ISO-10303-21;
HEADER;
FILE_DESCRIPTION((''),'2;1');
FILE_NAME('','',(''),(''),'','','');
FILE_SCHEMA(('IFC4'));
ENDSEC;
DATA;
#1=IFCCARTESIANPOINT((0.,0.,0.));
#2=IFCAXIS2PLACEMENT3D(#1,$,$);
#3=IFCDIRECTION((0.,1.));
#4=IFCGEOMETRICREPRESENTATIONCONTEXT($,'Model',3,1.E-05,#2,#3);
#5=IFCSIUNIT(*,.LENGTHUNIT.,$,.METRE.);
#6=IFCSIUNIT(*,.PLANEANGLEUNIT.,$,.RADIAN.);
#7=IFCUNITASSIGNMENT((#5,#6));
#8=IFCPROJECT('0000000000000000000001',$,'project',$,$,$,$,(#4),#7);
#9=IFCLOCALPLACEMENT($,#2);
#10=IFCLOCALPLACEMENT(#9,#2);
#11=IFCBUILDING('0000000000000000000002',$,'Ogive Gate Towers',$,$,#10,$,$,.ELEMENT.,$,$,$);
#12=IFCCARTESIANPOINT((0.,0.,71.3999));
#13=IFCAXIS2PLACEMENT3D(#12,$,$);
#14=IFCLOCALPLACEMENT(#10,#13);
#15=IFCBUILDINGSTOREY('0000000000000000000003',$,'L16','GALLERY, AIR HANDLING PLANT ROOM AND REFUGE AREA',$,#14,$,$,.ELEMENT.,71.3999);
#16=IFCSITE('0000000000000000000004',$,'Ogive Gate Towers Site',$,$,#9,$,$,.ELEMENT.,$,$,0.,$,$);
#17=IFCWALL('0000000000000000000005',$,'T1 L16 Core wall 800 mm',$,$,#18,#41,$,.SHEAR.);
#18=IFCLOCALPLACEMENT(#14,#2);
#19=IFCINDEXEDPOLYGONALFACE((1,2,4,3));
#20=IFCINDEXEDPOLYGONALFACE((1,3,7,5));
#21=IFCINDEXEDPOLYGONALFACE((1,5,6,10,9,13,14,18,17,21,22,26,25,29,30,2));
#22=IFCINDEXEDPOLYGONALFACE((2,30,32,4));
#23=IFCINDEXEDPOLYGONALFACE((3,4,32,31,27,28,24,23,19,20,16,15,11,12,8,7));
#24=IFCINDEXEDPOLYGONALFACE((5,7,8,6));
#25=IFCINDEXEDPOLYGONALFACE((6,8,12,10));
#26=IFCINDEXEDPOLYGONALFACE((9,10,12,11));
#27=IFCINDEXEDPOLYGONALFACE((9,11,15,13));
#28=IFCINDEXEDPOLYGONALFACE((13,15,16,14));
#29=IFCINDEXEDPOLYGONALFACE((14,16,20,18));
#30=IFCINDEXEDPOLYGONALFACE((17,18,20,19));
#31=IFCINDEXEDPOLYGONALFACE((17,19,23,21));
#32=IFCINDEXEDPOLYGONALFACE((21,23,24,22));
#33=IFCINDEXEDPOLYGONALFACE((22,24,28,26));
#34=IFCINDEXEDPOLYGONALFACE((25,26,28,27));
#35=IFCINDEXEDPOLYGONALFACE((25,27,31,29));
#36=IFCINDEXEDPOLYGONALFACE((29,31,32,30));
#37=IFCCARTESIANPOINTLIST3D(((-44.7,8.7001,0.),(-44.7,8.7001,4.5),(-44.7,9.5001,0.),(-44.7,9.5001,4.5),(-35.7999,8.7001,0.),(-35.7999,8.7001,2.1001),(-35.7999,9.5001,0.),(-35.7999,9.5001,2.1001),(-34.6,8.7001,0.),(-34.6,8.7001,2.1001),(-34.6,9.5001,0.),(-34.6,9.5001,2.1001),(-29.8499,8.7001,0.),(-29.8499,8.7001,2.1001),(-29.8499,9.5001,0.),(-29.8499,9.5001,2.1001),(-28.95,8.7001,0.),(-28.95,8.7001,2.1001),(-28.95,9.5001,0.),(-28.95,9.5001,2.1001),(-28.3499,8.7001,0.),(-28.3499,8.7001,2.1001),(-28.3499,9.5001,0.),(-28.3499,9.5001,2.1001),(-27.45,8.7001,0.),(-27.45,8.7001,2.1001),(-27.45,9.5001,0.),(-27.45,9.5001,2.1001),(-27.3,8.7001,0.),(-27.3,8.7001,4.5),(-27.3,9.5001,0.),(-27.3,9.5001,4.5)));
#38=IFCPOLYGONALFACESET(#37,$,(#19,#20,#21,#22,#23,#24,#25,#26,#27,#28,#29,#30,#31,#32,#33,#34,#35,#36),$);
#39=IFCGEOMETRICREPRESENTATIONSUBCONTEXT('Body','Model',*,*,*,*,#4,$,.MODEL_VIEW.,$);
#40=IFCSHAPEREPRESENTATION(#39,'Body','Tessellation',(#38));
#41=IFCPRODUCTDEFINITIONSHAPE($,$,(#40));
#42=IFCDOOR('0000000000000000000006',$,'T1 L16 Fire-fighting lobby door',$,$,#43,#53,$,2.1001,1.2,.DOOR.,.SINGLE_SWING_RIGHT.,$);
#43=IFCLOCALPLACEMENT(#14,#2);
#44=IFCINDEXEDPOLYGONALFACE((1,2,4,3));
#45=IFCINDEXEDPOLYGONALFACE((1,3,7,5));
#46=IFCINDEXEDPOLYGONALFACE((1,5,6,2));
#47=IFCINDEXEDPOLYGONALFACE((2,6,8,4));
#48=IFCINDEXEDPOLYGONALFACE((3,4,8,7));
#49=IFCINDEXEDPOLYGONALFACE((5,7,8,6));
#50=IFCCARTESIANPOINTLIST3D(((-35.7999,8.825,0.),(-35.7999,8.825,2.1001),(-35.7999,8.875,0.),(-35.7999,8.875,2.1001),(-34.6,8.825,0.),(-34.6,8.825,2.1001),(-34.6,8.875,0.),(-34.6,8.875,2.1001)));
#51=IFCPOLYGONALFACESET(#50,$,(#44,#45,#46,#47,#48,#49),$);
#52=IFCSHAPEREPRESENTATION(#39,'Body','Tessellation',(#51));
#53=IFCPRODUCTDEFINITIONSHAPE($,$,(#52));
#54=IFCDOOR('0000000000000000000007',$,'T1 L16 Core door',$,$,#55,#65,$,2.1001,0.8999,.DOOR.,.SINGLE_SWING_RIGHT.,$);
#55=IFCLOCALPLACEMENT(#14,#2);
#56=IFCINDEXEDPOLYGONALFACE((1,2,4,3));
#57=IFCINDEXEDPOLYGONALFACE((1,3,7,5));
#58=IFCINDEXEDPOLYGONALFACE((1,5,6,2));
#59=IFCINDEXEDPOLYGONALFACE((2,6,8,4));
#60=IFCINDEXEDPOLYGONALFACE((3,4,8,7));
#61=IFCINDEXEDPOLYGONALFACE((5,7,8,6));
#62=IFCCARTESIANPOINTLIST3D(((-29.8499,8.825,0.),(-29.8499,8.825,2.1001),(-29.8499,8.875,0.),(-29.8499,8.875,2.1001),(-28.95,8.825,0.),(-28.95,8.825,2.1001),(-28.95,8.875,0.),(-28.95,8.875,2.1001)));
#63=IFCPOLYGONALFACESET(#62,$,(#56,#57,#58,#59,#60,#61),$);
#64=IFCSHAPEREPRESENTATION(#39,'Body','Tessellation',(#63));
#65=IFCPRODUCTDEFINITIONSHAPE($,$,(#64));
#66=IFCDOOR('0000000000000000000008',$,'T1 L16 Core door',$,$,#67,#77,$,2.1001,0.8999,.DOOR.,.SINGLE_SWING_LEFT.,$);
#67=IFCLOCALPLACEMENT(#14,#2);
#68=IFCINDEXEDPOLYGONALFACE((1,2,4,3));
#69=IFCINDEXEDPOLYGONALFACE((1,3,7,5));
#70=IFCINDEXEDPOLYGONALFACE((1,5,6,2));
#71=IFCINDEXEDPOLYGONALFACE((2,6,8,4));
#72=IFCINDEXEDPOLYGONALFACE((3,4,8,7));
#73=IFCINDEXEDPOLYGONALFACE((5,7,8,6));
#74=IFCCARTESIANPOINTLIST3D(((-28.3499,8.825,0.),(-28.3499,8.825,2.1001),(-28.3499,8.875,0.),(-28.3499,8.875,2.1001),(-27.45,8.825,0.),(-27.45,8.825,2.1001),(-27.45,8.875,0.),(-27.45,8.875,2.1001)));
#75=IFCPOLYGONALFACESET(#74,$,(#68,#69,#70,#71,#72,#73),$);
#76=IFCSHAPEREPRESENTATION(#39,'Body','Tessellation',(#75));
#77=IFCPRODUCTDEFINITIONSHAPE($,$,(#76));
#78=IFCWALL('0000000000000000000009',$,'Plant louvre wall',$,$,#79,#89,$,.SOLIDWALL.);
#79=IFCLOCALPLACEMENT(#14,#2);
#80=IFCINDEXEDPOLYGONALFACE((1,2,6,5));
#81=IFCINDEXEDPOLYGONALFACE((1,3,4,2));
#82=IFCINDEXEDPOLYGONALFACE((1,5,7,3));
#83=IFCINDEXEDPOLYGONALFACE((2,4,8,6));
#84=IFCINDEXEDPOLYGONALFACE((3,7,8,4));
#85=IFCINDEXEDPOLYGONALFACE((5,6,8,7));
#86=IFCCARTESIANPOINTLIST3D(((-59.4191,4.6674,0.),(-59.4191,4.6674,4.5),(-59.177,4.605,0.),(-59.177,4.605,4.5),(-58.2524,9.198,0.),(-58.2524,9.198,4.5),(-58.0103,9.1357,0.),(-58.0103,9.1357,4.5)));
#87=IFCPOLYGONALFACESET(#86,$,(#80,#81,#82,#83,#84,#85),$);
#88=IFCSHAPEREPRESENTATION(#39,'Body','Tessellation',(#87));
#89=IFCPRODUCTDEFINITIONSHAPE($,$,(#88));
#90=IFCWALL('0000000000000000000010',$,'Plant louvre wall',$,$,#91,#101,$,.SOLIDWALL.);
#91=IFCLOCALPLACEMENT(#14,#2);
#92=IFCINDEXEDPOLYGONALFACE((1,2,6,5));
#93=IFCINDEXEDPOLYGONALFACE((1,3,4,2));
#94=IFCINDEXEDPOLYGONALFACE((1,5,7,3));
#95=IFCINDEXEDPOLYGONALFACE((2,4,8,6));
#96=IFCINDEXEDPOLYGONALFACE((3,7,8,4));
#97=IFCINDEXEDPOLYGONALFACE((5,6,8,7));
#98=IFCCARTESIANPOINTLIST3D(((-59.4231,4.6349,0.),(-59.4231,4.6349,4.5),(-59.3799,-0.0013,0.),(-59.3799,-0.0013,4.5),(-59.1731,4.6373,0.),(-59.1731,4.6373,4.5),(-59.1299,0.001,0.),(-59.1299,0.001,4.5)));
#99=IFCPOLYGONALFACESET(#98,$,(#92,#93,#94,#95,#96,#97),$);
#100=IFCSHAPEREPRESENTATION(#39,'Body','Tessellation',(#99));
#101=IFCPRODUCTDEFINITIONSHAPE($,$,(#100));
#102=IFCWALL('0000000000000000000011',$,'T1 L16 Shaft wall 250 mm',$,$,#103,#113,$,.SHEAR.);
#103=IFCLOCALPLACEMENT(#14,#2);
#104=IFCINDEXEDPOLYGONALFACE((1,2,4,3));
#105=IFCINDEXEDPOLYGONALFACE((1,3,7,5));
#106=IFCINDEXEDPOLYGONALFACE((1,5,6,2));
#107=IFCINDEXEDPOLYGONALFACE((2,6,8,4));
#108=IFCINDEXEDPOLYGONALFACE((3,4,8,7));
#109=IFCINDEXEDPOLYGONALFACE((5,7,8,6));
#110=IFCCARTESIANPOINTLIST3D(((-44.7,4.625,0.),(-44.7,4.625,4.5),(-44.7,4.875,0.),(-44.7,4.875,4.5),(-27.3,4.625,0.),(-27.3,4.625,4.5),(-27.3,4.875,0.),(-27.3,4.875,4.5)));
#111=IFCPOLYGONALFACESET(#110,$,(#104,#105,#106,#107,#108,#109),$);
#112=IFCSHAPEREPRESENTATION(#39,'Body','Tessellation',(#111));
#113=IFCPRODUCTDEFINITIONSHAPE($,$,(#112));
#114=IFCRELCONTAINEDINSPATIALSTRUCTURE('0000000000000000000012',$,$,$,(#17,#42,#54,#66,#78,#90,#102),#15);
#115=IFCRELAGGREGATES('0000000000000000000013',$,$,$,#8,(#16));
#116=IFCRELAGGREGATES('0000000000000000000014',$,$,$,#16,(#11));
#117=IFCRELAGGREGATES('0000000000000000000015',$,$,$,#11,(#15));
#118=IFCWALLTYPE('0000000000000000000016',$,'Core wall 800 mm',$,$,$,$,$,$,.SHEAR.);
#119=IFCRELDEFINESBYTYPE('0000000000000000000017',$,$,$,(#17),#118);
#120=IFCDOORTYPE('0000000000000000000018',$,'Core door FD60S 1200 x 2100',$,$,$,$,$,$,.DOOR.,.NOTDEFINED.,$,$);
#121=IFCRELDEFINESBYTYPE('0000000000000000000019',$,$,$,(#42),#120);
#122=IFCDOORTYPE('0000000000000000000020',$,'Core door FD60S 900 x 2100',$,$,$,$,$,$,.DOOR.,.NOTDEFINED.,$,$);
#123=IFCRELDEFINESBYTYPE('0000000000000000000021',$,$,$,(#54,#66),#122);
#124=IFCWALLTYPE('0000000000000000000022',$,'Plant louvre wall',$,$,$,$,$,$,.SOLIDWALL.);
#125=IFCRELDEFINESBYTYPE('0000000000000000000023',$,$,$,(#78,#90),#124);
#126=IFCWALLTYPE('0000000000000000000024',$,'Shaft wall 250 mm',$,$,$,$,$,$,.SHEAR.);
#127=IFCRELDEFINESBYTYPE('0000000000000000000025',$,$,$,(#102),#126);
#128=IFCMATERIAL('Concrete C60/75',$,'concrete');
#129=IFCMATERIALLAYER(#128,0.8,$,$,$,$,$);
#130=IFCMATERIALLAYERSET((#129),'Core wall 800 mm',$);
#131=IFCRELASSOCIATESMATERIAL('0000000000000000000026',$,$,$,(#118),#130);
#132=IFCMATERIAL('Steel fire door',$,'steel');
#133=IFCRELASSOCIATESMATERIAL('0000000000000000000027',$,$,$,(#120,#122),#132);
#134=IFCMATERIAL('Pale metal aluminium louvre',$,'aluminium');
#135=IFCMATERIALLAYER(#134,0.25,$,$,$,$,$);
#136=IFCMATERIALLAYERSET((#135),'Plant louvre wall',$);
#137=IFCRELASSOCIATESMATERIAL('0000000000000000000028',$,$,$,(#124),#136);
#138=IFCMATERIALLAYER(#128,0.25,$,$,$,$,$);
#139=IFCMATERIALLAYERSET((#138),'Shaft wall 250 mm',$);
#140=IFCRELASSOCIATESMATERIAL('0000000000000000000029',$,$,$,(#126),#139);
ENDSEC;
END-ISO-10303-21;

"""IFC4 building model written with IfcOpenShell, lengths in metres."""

from ifc_helpers import new_model, si_unit, direction, frame, frame_2d, origin, place, context, subcontext, project, spatial, rectangle, extrude, material, layer, layer_set, type_object, element, fill, save


model = new_model("IFC4")

# Units and contexts
model_context = context("Model", 3, precision=1e-05, world=origin(), true_north=direction((0.0, 1.0)))
body_context = subcontext(model_context, "Body", "Model", "MODEL_VIEW")
ifc_project = project(units=[si_unit("LENGTHUNIT", "METRE"), si_unit("PLANEANGLEUNIT", "RADIAN")], contexts=[model_context])

# Site, building, storey
site_placement = place(None, origin())
site = spatial("IfcSite", under=ifc_project, at=site_placement, Name="Ogive Gate Towers Site", CompositionType="ELEMENT", RefElevation=0.0)
building_placement = place(site_placement, origin())
building = spatial("IfcBuilding", under=site, at=building_placement, Name="Ogive Gate Towers", CompositionType="ELEMENT")
storey_placement = place(building_placement, frame((0.0, 0.0, 71.3999)))
storey = spatial("IfcBuildingStorey", under=building, at=storey_placement, Name="L16", Description="GALLERY, AIR HANDLING PLANT ROOM AND REFUGE AREA", CompositionType="ELEMENT", Elevation=71.3999)

# Shared definitions
ifc_material_1 = material(Name="Steel fire door", Category="steel")

# Wall, openings, doors
ifc_material_2 = material(Name="Concrete C60/75", Category="concrete")
ifc_layer_1 = layer(ifc_material_2, 0.8)
ifc_layer_set_1 = layer_set([ifc_layer_1], Name="Core wall 800 mm")
wall_type_1 = type_object("IfcWallType", Name="Core wall 800 mm", PredefinedType="SHEAR", material=ifc_layer_set_1)
wall_1_placement = place(storey_placement, frame((-44.7, 9.1001, 0.0), z_axis=(0.0, 0.0, 1.0), x_axis=(1.0, 0.0, 0.0)))
wall_1 = element("IfcWall", 1, at=wall_1_placement, inside=storey, type_object=wall_type_1, Name="T1 L16 Core wall 800 mm", PredefinedType="SHEAR", context=body_context, shape_type="SweptSolid", body=[
    extrude(rectangle(XDim=17.3999, YDim=0.8, at=frame_2d((8.7, 0.0))), origin(), (0.0, 0.0, 1.0), 4.5),
])
opening_1_placement = place(wall_1_placement, frame((8.8999, 0.0, 0.0)))
opening_1 = element("IfcOpeningElement", 2, at=opening_1_placement, cuts=wall_1, PredefinedType="OPENING", context=body_context, shape_type="SweptSolid", body=[
    extrude(rectangle(XDim=1.2, YDim=2.1001, at=frame_2d((0.6001, 1.05))), frame((0.0, 0.4102, 0.0), z_axis=(0.0, -1.0, 0.0), x_axis=(1.0, 0.0, 0.0)), (0.0, 0.0, 1.0), 0.8201),
])
opening_2_placement = place(wall_1_placement, frame((14.8501, 0.0, 0.0)))
opening_2 = element("IfcOpeningElement", 3, at=opening_2_placement, cuts=wall_1, PredefinedType="OPENING", context=body_context, shape_type="SweptSolid", body=[
    extrude(rectangle(XDim=0.8999, YDim=2.1001, at=frame_2d((0.45, 1.05))), frame((0.0, 0.4102, 0.0), z_axis=(0.0, -1.0, 0.0), x_axis=(1.0, 0.0, 0.0)), (0.0, 0.0, 1.0), 0.8201),
])
opening_3_placement = place(wall_1_placement, frame((16.3501, 0.0, 0.0)))
opening_3 = element("IfcOpeningElement", 4, at=opening_3_placement, cuts=wall_1, PredefinedType="OPENING", context=body_context, shape_type="SweptSolid", body=[
    extrude(rectangle(XDim=0.8999, YDim=2.1001, at=frame_2d((0.45, 1.05))), frame((0.0, 0.4102, 0.0), z_axis=(0.0, -1.0, 0.0), x_axis=(1.0, 0.0, 0.0)), (0.0, 0.0, 1.0), 0.8201),
])
door_type_1 = type_object("IfcDoorType", Name="Core door FD60S 1200 x 2100", OperationType="NOTDEFINED", PredefinedType="DOOR", material=ifc_material_1)
door_1_placement = place(opening_1_placement, origin())
door_1 = element("IfcDoor", 5, at=door_1_placement, inside=storey, type_object=door_type_1, Name="T1 L16 Fire-fighting lobby door", OperationType="SINGLE_SWING_RIGHT", OverallHeight=2.1001, OverallWidth=1.2, PredefinedType="DOOR", context=body_context, shape_type="SweptSolid", body=[
    extrude(rectangle(XDim=1.2, YDim=2.1001, at=frame_2d((0.6001, 1.05))), frame((0.0, -0.2251, 0.0), z_axis=(0.0, -1.0, 0.0), x_axis=(1.0, 0.0, 0.0)), (0.0, 0.0, 1.0), 0.05),
])
fill(opening_1, door_1)
door_type_2 = type_object("IfcDoorType", Name="Core door FD60S 900 x 2100", OperationType="NOTDEFINED", PredefinedType="DOOR", material=ifc_material_1)
door_2_placement = place(opening_2_placement, origin())
door_2 = element("IfcDoor", 6, at=door_2_placement, inside=storey, type_object=door_type_2, Name="T1 L16 Core door", OperationType="SINGLE_SWING_RIGHT", OverallHeight=2.1001, OverallWidth=0.8999, PredefinedType="DOOR", context=body_context, shape_type="SweptSolid", body=[
    extrude(rectangle(XDim=0.8999, YDim=2.1001, at=frame_2d((0.45, 1.05))), frame((0.0, -0.2251, 0.0), z_axis=(0.0, -1.0, 0.0), x_axis=(1.0, 0.0, 0.0)), (0.0, 0.0, 1.0), 0.05),
])
fill(opening_2, door_2)
door_3_placement = place(opening_3_placement, origin())
door_3 = element("IfcDoor", 7, at=door_3_placement, inside=storey, type_object=door_type_2, Name="T1 L16 Core door", OperationType="SINGLE_SWING_LEFT", OverallHeight=2.1001, OverallWidth=0.8999, PredefinedType="DOOR", context=body_context, shape_type="SweptSolid", body=[
    extrude(rectangle(XDim=0.8999, YDim=2.1001, at=frame_2d((0.45, 1.05))), frame((0.0, -0.2251, 0.0), z_axis=(0.0, -1.0, 0.0), x_axis=(1.0, 0.0, 0.0)), (0.0, 0.0, 1.0), 0.05),
])
fill(opening_3, door_3)

# Walls
ifc_material_3 = material(Name="Pale metal aluminium louvre", Category="aluminium")
ifc_layer_2 = layer(ifc_material_3, 0.25)
ifc_layer_set_2 = layer_set([ifc_layer_2], Name="Plant louvre wall")
wall_type_2 = type_object("IfcWallType", Name="Plant louvre wall", PredefinedType="SOLIDWALL", material=ifc_layer_set_2)
wall_2_placement = place(storey_placement, frame((-58.1313, 9.167, 0.0), z_axis=(0.0, 0.0, 1.0), x_axis=(-0.249381, -0.968405, 0.0)))
element("IfcWall", 8, at=wall_2_placement, inside=storey, type_object=wall_type_2, Name="Plant louvre wall", PredefinedType="SOLIDWALL", context=body_context, shape_type="SweptSolid", body=[
    extrude(rectangle(XDim=4.6785, YDim=0.25, at=frame_2d((2.3394, 0.0))), origin(), (0.0, 0.0, 1.0), 4.5),
])
wall_3_placement = place(storey_placement, frame((-59.2981, 4.6362, 0.0), z_axis=(0.0, 0.0, 1.0), x_axis=(0.00932, -0.999957, 0.0)))
element("IfcWall", 9, at=wall_3_placement, inside=storey, type_object=wall_type_2, Name="Plant louvre wall", PredefinedType="SOLIDWALL", context=body_context, shape_type="SweptSolid", body=[
    extrude(rectangle(XDim=4.6365, YDim=0.25, at=frame_2d((2.3184, 0.0))), origin(), (0.0, 0.0, 1.0), 4.5),
])
ifc_layer_3 = layer(ifc_material_2, 0.25)
ifc_layer_set_3 = layer_set([ifc_layer_3], Name="Shaft wall 250 mm")
wall_type_3 = type_object("IfcWallType", Name="Shaft wall 250 mm", PredefinedType="SHEAR", material=ifc_layer_set_3)
wall_4_placement = place(storey_placement, frame((-44.7, 4.75, 0.0), z_axis=(0.0, 0.0, 1.0), x_axis=(1.0, 0.0, 0.0)))
element("IfcWall", 10, at=wall_4_placement, inside=storey, type_object=wall_type_3, Name="T1 L16 Shaft wall 250 mm", PredefinedType="SHEAR", context=body_context, shape_type="SweptSolid", body=[
    extrude(rectangle(XDim=17.3999, YDim=0.25, at=frame_2d((8.7, 0.0))), origin(), (0.0, 0.0, 1.0), 4.5),
])

save(model, "model.ifc")
